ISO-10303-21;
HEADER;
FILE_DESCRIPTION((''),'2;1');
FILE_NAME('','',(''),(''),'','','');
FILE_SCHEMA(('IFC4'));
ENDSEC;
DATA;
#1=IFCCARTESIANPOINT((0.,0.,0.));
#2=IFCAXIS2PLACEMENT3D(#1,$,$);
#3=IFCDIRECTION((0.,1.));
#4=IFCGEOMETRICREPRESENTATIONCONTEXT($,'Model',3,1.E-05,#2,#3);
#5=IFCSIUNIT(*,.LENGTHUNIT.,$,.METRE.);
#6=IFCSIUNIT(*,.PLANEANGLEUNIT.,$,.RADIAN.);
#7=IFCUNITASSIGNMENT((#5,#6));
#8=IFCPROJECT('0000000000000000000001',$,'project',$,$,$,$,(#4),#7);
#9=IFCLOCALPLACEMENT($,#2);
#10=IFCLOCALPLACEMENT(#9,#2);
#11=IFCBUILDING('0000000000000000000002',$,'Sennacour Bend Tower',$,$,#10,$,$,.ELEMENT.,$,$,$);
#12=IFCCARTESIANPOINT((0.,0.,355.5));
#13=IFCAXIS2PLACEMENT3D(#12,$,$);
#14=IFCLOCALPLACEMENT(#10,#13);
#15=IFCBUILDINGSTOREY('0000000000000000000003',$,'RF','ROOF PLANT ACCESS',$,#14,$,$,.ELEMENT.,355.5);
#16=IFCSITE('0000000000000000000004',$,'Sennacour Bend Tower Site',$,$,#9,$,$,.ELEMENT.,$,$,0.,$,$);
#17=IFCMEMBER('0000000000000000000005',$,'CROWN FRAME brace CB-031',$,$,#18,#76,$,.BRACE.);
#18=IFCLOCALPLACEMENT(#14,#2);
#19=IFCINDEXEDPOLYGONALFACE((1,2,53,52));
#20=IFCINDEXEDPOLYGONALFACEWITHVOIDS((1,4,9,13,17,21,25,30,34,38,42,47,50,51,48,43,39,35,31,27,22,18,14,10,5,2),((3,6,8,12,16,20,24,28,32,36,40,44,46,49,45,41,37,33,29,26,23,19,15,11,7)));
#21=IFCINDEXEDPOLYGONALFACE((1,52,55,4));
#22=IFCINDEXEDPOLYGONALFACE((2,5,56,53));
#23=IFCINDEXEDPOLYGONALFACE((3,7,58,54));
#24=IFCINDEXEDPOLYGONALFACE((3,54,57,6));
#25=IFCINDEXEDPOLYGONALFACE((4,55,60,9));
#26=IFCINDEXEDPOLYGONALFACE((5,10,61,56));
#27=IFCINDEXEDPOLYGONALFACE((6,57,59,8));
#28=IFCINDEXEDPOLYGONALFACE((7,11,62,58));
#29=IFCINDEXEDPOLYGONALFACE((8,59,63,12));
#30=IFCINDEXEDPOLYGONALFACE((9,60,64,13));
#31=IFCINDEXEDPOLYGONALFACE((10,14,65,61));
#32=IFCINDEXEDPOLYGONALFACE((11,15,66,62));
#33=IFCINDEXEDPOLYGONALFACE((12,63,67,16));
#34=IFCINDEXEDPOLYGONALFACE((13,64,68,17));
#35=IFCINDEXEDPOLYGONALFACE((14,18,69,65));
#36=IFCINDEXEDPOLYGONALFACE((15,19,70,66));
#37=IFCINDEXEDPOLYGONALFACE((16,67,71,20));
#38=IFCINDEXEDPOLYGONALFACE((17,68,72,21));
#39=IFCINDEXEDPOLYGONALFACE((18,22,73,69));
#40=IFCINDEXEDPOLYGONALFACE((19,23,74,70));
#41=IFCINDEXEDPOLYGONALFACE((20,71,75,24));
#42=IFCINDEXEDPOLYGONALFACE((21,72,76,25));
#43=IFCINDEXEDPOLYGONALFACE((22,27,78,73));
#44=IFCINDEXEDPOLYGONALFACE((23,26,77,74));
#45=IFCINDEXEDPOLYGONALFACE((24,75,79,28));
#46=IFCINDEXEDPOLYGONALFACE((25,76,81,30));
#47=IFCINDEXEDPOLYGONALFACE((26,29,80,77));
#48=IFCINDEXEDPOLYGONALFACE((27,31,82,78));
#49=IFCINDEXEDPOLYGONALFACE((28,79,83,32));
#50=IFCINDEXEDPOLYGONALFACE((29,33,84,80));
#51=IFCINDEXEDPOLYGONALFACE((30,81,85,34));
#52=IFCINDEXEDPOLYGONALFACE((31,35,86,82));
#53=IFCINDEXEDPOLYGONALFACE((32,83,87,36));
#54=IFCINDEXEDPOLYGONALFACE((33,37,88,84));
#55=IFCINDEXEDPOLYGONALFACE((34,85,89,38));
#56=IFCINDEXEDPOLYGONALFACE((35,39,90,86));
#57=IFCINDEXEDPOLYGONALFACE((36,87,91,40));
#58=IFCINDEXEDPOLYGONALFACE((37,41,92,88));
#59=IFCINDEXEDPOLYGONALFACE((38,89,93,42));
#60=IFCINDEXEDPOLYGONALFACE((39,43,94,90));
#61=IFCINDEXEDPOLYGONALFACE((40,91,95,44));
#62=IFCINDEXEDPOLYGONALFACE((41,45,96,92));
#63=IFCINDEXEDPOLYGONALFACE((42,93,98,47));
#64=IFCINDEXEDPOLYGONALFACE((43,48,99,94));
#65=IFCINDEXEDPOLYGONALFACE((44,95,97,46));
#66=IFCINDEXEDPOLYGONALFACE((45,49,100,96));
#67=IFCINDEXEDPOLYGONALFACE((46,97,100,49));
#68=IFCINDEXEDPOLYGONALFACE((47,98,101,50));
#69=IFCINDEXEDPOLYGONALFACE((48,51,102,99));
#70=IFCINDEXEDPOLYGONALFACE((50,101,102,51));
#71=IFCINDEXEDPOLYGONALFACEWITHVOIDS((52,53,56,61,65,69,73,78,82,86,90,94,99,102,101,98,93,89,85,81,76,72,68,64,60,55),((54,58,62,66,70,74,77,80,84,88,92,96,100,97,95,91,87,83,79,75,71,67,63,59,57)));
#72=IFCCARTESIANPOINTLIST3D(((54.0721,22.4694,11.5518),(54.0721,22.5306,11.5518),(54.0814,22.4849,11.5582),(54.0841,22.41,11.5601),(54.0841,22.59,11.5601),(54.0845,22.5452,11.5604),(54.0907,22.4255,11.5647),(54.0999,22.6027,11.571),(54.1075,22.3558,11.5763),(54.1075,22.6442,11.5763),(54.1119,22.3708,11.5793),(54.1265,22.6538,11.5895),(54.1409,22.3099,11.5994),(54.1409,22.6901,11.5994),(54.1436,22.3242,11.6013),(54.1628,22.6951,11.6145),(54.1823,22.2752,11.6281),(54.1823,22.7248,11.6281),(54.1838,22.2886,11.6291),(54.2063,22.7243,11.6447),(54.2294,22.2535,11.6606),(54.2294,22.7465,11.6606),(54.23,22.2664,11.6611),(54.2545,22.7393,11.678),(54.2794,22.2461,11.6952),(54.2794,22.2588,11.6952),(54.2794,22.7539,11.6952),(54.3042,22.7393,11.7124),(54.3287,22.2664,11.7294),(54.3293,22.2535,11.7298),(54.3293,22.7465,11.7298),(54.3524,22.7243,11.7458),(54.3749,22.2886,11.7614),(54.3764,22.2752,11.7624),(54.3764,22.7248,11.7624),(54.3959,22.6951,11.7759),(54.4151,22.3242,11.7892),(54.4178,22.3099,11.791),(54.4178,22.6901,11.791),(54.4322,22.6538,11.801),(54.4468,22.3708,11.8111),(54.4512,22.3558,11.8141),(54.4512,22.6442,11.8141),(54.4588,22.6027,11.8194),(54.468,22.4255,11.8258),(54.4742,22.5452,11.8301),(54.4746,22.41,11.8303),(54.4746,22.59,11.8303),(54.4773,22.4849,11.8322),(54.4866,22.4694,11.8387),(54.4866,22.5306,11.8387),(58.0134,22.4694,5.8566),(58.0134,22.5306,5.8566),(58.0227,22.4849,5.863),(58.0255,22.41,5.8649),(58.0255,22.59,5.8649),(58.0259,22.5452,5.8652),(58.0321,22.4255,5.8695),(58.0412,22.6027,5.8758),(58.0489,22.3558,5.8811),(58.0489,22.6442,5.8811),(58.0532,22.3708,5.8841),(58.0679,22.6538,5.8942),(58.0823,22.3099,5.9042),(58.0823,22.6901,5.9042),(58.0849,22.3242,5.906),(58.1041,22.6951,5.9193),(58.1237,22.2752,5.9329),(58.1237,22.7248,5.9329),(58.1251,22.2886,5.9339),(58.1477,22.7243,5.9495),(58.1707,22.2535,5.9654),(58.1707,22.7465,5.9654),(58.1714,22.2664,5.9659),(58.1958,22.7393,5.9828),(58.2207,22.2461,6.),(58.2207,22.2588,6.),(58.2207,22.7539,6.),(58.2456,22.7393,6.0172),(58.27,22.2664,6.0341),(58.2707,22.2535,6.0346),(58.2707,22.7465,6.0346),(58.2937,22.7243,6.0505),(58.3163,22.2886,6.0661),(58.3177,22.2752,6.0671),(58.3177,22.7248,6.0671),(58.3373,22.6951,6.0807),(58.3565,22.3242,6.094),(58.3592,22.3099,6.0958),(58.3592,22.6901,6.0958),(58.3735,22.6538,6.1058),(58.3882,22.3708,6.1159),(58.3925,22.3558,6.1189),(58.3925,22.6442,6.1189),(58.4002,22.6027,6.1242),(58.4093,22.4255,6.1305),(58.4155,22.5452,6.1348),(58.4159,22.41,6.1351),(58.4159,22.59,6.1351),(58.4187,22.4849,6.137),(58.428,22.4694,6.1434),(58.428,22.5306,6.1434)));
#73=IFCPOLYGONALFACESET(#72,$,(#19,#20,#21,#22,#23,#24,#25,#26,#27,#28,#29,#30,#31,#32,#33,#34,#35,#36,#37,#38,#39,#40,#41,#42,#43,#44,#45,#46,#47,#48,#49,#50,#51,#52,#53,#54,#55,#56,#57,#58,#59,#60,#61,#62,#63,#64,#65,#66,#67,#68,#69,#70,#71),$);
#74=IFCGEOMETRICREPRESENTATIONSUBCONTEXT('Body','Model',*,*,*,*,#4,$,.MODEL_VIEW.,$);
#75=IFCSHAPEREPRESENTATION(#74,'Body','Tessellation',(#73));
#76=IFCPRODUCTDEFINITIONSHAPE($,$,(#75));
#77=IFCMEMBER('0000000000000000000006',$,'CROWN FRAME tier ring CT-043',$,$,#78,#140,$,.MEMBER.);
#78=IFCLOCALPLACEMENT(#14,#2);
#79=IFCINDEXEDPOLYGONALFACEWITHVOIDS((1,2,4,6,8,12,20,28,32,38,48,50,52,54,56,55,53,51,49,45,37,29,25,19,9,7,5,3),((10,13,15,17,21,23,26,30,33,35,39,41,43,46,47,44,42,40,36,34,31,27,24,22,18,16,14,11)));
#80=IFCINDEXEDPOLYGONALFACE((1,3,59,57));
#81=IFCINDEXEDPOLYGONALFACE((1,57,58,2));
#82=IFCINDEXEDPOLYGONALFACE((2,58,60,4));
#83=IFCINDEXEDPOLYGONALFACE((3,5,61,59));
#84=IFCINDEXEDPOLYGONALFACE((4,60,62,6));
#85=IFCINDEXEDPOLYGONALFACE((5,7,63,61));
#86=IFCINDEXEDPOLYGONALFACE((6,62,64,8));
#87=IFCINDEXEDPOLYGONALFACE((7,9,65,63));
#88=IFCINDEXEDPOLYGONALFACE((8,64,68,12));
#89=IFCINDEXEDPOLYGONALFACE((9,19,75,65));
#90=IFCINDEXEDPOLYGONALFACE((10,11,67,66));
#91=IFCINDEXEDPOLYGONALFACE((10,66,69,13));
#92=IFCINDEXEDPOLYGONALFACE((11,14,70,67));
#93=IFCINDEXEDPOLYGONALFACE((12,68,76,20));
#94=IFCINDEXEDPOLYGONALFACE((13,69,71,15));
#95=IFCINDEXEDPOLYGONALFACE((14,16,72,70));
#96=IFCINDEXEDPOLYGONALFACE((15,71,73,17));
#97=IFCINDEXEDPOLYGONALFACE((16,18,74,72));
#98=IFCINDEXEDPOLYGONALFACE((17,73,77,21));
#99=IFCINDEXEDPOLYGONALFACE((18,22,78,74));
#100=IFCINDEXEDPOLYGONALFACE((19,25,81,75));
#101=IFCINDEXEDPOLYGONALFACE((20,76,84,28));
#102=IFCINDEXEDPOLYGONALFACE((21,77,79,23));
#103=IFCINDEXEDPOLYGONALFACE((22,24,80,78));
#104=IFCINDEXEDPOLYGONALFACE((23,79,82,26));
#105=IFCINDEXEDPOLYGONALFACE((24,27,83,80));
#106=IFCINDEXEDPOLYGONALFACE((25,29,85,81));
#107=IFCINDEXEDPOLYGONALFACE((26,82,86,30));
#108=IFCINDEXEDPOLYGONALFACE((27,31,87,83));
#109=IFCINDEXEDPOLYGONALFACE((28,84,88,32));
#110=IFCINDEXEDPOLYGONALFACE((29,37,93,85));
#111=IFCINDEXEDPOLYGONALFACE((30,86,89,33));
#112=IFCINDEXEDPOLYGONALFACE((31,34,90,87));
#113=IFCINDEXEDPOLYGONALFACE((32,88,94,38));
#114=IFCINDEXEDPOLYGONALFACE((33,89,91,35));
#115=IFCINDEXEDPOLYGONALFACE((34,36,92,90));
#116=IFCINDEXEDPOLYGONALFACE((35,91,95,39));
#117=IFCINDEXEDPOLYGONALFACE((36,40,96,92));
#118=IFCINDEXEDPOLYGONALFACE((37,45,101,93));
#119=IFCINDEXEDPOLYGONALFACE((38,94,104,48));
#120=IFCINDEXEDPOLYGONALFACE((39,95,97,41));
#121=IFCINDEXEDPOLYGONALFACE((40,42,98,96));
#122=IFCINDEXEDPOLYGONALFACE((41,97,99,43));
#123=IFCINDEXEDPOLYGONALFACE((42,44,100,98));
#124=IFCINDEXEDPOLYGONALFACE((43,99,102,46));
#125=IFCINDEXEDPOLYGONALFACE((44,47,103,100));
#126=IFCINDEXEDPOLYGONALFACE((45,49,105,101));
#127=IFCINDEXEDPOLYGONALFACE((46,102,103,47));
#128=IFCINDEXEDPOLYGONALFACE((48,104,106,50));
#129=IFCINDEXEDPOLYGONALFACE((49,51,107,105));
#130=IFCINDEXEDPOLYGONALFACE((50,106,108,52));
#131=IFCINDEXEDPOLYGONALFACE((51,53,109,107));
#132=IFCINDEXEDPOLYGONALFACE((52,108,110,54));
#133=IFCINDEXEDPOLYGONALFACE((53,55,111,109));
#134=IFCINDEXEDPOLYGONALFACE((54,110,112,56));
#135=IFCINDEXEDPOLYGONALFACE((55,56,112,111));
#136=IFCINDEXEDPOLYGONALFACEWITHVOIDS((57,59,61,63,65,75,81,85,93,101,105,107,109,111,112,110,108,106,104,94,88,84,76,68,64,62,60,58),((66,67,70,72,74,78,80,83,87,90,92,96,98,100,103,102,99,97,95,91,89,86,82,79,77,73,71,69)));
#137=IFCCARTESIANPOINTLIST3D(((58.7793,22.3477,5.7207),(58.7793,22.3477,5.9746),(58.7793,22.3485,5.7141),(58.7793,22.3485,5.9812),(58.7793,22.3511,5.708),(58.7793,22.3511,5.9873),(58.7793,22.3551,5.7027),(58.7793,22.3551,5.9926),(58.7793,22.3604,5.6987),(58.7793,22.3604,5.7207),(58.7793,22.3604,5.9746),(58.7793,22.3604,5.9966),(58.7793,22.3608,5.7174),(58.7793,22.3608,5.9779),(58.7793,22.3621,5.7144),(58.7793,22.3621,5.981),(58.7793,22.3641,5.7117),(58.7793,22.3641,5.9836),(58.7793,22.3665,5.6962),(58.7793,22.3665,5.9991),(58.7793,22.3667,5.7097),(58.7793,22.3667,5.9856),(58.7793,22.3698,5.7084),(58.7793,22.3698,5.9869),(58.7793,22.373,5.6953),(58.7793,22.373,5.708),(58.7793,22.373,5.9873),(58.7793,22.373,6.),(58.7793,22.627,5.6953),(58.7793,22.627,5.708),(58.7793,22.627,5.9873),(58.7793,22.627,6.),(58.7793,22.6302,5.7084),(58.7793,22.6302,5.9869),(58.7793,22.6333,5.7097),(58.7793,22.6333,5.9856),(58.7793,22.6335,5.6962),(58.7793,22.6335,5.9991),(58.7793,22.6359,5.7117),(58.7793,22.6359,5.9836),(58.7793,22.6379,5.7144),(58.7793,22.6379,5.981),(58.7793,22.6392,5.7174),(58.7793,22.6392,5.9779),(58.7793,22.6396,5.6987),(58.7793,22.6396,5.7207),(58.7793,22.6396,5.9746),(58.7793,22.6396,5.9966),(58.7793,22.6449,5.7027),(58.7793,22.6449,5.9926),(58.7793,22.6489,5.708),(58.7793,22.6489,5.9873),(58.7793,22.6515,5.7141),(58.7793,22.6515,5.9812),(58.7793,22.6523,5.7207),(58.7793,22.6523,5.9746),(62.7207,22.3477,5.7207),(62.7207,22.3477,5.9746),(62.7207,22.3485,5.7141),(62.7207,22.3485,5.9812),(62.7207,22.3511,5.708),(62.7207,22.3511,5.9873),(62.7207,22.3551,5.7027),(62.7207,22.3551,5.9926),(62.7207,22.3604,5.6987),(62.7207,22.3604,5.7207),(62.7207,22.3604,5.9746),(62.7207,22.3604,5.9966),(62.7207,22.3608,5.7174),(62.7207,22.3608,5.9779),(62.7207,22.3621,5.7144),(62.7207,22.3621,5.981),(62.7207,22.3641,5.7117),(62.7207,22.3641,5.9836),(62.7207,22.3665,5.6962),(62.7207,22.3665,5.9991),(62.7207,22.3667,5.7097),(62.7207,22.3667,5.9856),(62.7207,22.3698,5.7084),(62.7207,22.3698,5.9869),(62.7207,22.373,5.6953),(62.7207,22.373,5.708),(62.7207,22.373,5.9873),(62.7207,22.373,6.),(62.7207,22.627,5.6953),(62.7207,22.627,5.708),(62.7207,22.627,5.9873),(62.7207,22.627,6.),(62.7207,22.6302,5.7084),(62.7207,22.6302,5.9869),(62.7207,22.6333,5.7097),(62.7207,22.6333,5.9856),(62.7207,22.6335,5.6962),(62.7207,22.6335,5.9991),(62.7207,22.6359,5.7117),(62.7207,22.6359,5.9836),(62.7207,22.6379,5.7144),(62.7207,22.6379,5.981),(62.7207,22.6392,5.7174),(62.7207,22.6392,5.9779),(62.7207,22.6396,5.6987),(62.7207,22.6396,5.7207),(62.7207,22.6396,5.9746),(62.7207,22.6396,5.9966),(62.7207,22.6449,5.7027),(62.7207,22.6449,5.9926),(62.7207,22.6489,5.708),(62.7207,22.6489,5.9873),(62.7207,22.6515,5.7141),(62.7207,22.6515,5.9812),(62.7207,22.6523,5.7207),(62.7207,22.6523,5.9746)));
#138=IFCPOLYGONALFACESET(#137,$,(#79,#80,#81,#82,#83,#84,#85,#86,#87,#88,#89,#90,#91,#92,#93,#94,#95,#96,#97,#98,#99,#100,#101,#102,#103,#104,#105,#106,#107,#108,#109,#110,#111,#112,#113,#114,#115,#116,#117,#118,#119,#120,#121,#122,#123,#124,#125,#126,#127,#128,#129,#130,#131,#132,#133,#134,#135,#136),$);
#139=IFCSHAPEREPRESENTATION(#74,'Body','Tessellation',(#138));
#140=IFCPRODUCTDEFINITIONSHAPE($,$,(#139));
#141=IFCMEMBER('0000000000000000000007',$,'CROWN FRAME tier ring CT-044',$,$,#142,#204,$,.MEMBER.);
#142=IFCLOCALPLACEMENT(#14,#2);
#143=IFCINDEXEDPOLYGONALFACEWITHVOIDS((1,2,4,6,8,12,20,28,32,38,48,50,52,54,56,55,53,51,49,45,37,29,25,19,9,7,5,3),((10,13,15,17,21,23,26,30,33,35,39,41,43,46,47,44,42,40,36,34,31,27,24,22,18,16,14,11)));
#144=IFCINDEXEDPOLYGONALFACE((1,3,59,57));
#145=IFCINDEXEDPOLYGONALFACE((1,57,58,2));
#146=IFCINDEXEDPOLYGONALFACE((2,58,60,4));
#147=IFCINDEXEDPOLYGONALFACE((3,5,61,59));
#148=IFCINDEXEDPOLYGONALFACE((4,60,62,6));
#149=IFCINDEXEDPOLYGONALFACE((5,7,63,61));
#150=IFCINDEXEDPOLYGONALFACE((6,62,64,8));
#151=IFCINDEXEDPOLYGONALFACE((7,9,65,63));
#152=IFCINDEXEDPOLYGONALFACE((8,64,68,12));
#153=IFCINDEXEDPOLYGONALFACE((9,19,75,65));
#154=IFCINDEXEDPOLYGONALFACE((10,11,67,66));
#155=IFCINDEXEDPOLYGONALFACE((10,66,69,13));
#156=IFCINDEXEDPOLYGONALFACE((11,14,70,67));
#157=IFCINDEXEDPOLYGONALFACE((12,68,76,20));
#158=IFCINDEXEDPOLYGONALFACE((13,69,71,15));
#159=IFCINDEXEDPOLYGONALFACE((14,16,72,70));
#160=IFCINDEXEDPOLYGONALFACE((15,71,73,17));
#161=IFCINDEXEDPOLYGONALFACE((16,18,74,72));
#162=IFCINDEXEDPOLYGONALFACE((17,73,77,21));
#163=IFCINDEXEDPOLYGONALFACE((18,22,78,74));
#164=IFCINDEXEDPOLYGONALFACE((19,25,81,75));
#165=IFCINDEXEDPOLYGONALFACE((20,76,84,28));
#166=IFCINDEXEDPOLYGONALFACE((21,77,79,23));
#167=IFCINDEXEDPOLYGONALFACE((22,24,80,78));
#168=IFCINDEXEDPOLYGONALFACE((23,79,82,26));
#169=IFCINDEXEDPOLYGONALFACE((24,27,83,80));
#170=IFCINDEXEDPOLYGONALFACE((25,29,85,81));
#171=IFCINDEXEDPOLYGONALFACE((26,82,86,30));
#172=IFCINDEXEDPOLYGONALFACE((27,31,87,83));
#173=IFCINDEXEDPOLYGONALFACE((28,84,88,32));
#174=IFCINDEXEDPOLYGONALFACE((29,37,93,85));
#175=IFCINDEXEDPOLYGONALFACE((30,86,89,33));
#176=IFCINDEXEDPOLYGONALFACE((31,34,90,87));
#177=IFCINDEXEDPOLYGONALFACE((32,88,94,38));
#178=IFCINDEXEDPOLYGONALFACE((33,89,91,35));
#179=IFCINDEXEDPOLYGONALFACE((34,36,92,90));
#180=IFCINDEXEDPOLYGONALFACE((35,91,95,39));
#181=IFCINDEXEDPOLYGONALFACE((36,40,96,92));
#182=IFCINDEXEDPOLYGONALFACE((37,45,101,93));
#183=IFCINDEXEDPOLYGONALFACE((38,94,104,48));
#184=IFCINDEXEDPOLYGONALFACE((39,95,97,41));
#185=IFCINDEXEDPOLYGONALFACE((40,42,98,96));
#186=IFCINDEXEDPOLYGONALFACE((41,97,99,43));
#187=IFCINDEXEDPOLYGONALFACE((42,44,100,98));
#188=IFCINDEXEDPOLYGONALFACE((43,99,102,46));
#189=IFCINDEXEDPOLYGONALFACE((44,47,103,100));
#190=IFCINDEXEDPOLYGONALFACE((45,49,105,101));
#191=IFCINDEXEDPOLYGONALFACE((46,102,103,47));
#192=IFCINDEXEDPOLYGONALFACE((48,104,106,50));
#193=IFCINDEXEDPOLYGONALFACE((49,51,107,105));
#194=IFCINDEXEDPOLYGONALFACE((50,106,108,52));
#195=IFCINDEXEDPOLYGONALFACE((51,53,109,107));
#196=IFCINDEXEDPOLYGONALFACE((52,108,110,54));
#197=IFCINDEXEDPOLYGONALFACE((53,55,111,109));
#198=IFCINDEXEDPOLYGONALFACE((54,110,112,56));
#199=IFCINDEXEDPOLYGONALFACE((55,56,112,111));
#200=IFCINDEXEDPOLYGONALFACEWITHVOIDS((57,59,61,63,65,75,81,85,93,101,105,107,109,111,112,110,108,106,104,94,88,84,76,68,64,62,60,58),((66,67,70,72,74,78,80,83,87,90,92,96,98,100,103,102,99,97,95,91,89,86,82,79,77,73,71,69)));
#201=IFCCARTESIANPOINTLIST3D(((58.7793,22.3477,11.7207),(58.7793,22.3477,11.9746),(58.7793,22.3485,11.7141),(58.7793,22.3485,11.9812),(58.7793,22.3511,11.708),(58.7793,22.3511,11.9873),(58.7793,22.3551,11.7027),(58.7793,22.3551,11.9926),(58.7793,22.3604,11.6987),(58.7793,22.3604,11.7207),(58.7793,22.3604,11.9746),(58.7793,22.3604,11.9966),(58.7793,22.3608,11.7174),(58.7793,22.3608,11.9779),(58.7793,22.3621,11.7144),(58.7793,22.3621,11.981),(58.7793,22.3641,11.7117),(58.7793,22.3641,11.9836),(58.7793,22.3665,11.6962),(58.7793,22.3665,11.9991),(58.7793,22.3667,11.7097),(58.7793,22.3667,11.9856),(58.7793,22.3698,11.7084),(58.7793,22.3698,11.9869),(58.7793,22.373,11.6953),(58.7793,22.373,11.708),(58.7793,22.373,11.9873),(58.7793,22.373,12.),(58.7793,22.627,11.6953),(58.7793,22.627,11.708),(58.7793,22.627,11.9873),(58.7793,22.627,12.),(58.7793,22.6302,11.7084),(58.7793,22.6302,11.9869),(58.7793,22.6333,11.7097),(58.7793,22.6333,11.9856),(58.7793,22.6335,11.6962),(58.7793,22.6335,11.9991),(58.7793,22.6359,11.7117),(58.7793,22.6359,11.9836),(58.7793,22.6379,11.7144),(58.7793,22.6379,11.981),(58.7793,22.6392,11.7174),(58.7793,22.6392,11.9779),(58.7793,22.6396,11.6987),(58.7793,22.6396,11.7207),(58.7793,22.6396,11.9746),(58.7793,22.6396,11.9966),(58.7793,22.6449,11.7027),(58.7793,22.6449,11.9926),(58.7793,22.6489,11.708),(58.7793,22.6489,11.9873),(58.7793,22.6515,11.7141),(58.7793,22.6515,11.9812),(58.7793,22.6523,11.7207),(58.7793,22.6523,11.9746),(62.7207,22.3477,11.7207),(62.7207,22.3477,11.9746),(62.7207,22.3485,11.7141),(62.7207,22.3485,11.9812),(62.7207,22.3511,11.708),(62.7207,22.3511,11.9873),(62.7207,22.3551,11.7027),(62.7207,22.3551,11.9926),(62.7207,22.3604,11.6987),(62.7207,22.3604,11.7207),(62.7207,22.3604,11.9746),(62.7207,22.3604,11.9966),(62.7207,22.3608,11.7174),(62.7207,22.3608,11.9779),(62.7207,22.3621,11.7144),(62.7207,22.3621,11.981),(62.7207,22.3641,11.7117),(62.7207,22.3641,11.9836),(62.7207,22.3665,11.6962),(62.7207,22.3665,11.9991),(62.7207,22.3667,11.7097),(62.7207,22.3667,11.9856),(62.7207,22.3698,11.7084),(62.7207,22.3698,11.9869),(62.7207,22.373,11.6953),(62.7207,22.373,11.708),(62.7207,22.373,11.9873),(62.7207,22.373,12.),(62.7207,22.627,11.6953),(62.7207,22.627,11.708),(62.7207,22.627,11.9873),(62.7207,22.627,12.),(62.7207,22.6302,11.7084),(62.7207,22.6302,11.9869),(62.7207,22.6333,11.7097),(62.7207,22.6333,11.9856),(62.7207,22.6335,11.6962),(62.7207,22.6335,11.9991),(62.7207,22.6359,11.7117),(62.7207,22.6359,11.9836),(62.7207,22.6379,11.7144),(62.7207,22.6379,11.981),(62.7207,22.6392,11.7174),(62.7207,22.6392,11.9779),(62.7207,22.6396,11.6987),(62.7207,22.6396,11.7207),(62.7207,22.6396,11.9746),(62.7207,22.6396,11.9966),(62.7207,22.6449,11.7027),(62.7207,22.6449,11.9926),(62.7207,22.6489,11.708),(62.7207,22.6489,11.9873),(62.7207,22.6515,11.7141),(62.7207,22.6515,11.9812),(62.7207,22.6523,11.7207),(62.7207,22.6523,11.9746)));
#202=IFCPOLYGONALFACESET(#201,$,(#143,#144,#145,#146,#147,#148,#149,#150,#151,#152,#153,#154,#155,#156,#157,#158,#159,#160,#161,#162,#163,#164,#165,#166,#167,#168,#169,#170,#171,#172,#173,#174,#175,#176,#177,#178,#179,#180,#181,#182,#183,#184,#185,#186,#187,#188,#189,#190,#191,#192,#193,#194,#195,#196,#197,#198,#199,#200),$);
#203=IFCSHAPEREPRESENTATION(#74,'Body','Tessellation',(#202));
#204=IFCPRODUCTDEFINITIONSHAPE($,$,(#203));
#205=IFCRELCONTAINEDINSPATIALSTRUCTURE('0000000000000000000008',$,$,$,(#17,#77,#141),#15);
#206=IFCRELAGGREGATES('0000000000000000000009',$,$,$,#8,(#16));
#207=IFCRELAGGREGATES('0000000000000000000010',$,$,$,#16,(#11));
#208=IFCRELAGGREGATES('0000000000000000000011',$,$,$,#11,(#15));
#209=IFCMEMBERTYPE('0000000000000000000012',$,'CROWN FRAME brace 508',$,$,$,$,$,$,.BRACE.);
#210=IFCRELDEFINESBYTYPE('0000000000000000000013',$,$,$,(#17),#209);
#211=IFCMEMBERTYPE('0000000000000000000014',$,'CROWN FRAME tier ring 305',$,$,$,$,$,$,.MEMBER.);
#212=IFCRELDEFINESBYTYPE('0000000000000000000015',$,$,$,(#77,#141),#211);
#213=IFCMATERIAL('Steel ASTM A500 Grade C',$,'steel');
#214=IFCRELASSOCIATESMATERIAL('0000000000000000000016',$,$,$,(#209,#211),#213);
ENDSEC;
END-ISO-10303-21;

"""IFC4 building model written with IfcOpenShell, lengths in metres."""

from ifc_helpers import new_model, si_unit, direction, frame, origin, origin_2d, place, context, subcontext, project, spatial, hollow_rectangle, hollow_circle, extrude, material, material_profile, profile_set, type_object, element, save


model = new_model("IFC4")

# Units and contexts
model_context = context("Model", 3, precision=1e-05, world=origin(), true_north=direction((0.0, 1.0)))
body_context = subcontext(model_context, "Body", "Model", "MODEL_VIEW")
ifc_project = project(units=[si_unit("LENGTHUNIT", "METRE"), si_unit("PLANEANGLEUNIT", "RADIAN")], contexts=[model_context])

# Site, building, storey
site_placement = place(None, origin())
site = spatial("IfcSite", under=ifc_project, at=site_placement, Name="Sennacour Bend Tower Site", CompositionType="ELEMENT", RefElevation=0.0)
building_placement = place(site_placement, origin())
building = spatial("IfcBuilding", under=site, at=building_placement, Name="Sennacour Bend Tower", CompositionType="ELEMENT")
storey_placement = place(building_placement, frame((0.0, 0.0, 355.5)))
storey = spatial("IfcBuildingStorey", under=building, at=storey_placement, Name="RF", Description="ROOF PLANT ACCESS", CompositionType="ELEMENT", Elevation=355.5)

# Shared definitions
ifc_material_1 = material(Name="Steel ASTM A500 Grade C", Category="steel")

# Members
ifc_material_profile_1 = material_profile(ifc_material_1, hollow_circle(Radius=0.2539, WallThickness=0.0127, at=origin_2d()), Name="Steel ASTM A500 Grade C", Category="steel")
ifc_profile_set_1 = profile_set([ifc_material_profile_1], Name="Steel ASTM A500 Grade C")
member_type_1 = type_object("IfcMemberType", Name="CROWN FRAME brace 508", PredefinedType="BRACE", material=ifc_profile_set_1)
member_1_placement = place(storey_placement, frame((58.2207, 22.5, 6.0), z_axis=(-0.569063, 0.0, 0.822294), x_axis=(0.0, -1.0, 0.0)))
element("IfcMember", 1, at=member_1_placement, inside=storey, type_object=member_type_1, Name="CROWN FRAME brace CB-031", PredefinedType="BRACE", context=body_context, shape_type="SweptSolid", body=[
    extrude(hollow_circle(Radius=0.2539, WallThickness=0.0127, at=origin_2d()), origin(), (0.0, 0.0, 1.0), 6.926),
])
ifc_material_profile_2 = material_profile(ifc_material_1, hollow_rectangle(XDim=0.3047, YDim=0.3047, WallThickness=0.0127, InnerFilletRadius=0.0127, OuterFilletRadius=0.0254, at=origin_2d()), Name="Steel ASTM A500 Grade C", Category="steel")
ifc_profile_set_2 = profile_set([ifc_material_profile_2], Name="Steel ASTM A500 Grade C")
member_type_2 = type_object("IfcMemberType", Name="CROWN FRAME tier ring 305", PredefinedType="MEMBER", material=ifc_profile_set_2)
for number, where, z_axis, x_axis, name in (
    (2, (62.7207, 22.5, 5.8477), (-1.0, 0.0, 0.0), (0.0, -1.0, 0.0), "CROWN FRAME tier ring CT-043"),
    (3, (62.7207, 22.5, 11.8477), (-1.0, 0.0, 0.0), (0.0, -1.0, 0.0), "CROWN FRAME tier ring CT-044"),
):
    element("IfcMember", number, at=place(storey_placement, frame(where, z_axis=z_axis, x_axis=x_axis)), inside=storey, type_object=member_type_2, Name=name, PredefinedType="MEMBER", context=body_context, shape_type="SweptSolid", body=[
        extrude(hollow_rectangle(XDim=0.3047, YDim=0.3047, WallThickness=0.0127, InnerFilletRadius=0.0127, OuterFilletRadius=0.0254, at=origin_2d()), origin(), (0.0, 0.0, 1.0), 3.9414),
    ])

save(model, "model.ifc")
